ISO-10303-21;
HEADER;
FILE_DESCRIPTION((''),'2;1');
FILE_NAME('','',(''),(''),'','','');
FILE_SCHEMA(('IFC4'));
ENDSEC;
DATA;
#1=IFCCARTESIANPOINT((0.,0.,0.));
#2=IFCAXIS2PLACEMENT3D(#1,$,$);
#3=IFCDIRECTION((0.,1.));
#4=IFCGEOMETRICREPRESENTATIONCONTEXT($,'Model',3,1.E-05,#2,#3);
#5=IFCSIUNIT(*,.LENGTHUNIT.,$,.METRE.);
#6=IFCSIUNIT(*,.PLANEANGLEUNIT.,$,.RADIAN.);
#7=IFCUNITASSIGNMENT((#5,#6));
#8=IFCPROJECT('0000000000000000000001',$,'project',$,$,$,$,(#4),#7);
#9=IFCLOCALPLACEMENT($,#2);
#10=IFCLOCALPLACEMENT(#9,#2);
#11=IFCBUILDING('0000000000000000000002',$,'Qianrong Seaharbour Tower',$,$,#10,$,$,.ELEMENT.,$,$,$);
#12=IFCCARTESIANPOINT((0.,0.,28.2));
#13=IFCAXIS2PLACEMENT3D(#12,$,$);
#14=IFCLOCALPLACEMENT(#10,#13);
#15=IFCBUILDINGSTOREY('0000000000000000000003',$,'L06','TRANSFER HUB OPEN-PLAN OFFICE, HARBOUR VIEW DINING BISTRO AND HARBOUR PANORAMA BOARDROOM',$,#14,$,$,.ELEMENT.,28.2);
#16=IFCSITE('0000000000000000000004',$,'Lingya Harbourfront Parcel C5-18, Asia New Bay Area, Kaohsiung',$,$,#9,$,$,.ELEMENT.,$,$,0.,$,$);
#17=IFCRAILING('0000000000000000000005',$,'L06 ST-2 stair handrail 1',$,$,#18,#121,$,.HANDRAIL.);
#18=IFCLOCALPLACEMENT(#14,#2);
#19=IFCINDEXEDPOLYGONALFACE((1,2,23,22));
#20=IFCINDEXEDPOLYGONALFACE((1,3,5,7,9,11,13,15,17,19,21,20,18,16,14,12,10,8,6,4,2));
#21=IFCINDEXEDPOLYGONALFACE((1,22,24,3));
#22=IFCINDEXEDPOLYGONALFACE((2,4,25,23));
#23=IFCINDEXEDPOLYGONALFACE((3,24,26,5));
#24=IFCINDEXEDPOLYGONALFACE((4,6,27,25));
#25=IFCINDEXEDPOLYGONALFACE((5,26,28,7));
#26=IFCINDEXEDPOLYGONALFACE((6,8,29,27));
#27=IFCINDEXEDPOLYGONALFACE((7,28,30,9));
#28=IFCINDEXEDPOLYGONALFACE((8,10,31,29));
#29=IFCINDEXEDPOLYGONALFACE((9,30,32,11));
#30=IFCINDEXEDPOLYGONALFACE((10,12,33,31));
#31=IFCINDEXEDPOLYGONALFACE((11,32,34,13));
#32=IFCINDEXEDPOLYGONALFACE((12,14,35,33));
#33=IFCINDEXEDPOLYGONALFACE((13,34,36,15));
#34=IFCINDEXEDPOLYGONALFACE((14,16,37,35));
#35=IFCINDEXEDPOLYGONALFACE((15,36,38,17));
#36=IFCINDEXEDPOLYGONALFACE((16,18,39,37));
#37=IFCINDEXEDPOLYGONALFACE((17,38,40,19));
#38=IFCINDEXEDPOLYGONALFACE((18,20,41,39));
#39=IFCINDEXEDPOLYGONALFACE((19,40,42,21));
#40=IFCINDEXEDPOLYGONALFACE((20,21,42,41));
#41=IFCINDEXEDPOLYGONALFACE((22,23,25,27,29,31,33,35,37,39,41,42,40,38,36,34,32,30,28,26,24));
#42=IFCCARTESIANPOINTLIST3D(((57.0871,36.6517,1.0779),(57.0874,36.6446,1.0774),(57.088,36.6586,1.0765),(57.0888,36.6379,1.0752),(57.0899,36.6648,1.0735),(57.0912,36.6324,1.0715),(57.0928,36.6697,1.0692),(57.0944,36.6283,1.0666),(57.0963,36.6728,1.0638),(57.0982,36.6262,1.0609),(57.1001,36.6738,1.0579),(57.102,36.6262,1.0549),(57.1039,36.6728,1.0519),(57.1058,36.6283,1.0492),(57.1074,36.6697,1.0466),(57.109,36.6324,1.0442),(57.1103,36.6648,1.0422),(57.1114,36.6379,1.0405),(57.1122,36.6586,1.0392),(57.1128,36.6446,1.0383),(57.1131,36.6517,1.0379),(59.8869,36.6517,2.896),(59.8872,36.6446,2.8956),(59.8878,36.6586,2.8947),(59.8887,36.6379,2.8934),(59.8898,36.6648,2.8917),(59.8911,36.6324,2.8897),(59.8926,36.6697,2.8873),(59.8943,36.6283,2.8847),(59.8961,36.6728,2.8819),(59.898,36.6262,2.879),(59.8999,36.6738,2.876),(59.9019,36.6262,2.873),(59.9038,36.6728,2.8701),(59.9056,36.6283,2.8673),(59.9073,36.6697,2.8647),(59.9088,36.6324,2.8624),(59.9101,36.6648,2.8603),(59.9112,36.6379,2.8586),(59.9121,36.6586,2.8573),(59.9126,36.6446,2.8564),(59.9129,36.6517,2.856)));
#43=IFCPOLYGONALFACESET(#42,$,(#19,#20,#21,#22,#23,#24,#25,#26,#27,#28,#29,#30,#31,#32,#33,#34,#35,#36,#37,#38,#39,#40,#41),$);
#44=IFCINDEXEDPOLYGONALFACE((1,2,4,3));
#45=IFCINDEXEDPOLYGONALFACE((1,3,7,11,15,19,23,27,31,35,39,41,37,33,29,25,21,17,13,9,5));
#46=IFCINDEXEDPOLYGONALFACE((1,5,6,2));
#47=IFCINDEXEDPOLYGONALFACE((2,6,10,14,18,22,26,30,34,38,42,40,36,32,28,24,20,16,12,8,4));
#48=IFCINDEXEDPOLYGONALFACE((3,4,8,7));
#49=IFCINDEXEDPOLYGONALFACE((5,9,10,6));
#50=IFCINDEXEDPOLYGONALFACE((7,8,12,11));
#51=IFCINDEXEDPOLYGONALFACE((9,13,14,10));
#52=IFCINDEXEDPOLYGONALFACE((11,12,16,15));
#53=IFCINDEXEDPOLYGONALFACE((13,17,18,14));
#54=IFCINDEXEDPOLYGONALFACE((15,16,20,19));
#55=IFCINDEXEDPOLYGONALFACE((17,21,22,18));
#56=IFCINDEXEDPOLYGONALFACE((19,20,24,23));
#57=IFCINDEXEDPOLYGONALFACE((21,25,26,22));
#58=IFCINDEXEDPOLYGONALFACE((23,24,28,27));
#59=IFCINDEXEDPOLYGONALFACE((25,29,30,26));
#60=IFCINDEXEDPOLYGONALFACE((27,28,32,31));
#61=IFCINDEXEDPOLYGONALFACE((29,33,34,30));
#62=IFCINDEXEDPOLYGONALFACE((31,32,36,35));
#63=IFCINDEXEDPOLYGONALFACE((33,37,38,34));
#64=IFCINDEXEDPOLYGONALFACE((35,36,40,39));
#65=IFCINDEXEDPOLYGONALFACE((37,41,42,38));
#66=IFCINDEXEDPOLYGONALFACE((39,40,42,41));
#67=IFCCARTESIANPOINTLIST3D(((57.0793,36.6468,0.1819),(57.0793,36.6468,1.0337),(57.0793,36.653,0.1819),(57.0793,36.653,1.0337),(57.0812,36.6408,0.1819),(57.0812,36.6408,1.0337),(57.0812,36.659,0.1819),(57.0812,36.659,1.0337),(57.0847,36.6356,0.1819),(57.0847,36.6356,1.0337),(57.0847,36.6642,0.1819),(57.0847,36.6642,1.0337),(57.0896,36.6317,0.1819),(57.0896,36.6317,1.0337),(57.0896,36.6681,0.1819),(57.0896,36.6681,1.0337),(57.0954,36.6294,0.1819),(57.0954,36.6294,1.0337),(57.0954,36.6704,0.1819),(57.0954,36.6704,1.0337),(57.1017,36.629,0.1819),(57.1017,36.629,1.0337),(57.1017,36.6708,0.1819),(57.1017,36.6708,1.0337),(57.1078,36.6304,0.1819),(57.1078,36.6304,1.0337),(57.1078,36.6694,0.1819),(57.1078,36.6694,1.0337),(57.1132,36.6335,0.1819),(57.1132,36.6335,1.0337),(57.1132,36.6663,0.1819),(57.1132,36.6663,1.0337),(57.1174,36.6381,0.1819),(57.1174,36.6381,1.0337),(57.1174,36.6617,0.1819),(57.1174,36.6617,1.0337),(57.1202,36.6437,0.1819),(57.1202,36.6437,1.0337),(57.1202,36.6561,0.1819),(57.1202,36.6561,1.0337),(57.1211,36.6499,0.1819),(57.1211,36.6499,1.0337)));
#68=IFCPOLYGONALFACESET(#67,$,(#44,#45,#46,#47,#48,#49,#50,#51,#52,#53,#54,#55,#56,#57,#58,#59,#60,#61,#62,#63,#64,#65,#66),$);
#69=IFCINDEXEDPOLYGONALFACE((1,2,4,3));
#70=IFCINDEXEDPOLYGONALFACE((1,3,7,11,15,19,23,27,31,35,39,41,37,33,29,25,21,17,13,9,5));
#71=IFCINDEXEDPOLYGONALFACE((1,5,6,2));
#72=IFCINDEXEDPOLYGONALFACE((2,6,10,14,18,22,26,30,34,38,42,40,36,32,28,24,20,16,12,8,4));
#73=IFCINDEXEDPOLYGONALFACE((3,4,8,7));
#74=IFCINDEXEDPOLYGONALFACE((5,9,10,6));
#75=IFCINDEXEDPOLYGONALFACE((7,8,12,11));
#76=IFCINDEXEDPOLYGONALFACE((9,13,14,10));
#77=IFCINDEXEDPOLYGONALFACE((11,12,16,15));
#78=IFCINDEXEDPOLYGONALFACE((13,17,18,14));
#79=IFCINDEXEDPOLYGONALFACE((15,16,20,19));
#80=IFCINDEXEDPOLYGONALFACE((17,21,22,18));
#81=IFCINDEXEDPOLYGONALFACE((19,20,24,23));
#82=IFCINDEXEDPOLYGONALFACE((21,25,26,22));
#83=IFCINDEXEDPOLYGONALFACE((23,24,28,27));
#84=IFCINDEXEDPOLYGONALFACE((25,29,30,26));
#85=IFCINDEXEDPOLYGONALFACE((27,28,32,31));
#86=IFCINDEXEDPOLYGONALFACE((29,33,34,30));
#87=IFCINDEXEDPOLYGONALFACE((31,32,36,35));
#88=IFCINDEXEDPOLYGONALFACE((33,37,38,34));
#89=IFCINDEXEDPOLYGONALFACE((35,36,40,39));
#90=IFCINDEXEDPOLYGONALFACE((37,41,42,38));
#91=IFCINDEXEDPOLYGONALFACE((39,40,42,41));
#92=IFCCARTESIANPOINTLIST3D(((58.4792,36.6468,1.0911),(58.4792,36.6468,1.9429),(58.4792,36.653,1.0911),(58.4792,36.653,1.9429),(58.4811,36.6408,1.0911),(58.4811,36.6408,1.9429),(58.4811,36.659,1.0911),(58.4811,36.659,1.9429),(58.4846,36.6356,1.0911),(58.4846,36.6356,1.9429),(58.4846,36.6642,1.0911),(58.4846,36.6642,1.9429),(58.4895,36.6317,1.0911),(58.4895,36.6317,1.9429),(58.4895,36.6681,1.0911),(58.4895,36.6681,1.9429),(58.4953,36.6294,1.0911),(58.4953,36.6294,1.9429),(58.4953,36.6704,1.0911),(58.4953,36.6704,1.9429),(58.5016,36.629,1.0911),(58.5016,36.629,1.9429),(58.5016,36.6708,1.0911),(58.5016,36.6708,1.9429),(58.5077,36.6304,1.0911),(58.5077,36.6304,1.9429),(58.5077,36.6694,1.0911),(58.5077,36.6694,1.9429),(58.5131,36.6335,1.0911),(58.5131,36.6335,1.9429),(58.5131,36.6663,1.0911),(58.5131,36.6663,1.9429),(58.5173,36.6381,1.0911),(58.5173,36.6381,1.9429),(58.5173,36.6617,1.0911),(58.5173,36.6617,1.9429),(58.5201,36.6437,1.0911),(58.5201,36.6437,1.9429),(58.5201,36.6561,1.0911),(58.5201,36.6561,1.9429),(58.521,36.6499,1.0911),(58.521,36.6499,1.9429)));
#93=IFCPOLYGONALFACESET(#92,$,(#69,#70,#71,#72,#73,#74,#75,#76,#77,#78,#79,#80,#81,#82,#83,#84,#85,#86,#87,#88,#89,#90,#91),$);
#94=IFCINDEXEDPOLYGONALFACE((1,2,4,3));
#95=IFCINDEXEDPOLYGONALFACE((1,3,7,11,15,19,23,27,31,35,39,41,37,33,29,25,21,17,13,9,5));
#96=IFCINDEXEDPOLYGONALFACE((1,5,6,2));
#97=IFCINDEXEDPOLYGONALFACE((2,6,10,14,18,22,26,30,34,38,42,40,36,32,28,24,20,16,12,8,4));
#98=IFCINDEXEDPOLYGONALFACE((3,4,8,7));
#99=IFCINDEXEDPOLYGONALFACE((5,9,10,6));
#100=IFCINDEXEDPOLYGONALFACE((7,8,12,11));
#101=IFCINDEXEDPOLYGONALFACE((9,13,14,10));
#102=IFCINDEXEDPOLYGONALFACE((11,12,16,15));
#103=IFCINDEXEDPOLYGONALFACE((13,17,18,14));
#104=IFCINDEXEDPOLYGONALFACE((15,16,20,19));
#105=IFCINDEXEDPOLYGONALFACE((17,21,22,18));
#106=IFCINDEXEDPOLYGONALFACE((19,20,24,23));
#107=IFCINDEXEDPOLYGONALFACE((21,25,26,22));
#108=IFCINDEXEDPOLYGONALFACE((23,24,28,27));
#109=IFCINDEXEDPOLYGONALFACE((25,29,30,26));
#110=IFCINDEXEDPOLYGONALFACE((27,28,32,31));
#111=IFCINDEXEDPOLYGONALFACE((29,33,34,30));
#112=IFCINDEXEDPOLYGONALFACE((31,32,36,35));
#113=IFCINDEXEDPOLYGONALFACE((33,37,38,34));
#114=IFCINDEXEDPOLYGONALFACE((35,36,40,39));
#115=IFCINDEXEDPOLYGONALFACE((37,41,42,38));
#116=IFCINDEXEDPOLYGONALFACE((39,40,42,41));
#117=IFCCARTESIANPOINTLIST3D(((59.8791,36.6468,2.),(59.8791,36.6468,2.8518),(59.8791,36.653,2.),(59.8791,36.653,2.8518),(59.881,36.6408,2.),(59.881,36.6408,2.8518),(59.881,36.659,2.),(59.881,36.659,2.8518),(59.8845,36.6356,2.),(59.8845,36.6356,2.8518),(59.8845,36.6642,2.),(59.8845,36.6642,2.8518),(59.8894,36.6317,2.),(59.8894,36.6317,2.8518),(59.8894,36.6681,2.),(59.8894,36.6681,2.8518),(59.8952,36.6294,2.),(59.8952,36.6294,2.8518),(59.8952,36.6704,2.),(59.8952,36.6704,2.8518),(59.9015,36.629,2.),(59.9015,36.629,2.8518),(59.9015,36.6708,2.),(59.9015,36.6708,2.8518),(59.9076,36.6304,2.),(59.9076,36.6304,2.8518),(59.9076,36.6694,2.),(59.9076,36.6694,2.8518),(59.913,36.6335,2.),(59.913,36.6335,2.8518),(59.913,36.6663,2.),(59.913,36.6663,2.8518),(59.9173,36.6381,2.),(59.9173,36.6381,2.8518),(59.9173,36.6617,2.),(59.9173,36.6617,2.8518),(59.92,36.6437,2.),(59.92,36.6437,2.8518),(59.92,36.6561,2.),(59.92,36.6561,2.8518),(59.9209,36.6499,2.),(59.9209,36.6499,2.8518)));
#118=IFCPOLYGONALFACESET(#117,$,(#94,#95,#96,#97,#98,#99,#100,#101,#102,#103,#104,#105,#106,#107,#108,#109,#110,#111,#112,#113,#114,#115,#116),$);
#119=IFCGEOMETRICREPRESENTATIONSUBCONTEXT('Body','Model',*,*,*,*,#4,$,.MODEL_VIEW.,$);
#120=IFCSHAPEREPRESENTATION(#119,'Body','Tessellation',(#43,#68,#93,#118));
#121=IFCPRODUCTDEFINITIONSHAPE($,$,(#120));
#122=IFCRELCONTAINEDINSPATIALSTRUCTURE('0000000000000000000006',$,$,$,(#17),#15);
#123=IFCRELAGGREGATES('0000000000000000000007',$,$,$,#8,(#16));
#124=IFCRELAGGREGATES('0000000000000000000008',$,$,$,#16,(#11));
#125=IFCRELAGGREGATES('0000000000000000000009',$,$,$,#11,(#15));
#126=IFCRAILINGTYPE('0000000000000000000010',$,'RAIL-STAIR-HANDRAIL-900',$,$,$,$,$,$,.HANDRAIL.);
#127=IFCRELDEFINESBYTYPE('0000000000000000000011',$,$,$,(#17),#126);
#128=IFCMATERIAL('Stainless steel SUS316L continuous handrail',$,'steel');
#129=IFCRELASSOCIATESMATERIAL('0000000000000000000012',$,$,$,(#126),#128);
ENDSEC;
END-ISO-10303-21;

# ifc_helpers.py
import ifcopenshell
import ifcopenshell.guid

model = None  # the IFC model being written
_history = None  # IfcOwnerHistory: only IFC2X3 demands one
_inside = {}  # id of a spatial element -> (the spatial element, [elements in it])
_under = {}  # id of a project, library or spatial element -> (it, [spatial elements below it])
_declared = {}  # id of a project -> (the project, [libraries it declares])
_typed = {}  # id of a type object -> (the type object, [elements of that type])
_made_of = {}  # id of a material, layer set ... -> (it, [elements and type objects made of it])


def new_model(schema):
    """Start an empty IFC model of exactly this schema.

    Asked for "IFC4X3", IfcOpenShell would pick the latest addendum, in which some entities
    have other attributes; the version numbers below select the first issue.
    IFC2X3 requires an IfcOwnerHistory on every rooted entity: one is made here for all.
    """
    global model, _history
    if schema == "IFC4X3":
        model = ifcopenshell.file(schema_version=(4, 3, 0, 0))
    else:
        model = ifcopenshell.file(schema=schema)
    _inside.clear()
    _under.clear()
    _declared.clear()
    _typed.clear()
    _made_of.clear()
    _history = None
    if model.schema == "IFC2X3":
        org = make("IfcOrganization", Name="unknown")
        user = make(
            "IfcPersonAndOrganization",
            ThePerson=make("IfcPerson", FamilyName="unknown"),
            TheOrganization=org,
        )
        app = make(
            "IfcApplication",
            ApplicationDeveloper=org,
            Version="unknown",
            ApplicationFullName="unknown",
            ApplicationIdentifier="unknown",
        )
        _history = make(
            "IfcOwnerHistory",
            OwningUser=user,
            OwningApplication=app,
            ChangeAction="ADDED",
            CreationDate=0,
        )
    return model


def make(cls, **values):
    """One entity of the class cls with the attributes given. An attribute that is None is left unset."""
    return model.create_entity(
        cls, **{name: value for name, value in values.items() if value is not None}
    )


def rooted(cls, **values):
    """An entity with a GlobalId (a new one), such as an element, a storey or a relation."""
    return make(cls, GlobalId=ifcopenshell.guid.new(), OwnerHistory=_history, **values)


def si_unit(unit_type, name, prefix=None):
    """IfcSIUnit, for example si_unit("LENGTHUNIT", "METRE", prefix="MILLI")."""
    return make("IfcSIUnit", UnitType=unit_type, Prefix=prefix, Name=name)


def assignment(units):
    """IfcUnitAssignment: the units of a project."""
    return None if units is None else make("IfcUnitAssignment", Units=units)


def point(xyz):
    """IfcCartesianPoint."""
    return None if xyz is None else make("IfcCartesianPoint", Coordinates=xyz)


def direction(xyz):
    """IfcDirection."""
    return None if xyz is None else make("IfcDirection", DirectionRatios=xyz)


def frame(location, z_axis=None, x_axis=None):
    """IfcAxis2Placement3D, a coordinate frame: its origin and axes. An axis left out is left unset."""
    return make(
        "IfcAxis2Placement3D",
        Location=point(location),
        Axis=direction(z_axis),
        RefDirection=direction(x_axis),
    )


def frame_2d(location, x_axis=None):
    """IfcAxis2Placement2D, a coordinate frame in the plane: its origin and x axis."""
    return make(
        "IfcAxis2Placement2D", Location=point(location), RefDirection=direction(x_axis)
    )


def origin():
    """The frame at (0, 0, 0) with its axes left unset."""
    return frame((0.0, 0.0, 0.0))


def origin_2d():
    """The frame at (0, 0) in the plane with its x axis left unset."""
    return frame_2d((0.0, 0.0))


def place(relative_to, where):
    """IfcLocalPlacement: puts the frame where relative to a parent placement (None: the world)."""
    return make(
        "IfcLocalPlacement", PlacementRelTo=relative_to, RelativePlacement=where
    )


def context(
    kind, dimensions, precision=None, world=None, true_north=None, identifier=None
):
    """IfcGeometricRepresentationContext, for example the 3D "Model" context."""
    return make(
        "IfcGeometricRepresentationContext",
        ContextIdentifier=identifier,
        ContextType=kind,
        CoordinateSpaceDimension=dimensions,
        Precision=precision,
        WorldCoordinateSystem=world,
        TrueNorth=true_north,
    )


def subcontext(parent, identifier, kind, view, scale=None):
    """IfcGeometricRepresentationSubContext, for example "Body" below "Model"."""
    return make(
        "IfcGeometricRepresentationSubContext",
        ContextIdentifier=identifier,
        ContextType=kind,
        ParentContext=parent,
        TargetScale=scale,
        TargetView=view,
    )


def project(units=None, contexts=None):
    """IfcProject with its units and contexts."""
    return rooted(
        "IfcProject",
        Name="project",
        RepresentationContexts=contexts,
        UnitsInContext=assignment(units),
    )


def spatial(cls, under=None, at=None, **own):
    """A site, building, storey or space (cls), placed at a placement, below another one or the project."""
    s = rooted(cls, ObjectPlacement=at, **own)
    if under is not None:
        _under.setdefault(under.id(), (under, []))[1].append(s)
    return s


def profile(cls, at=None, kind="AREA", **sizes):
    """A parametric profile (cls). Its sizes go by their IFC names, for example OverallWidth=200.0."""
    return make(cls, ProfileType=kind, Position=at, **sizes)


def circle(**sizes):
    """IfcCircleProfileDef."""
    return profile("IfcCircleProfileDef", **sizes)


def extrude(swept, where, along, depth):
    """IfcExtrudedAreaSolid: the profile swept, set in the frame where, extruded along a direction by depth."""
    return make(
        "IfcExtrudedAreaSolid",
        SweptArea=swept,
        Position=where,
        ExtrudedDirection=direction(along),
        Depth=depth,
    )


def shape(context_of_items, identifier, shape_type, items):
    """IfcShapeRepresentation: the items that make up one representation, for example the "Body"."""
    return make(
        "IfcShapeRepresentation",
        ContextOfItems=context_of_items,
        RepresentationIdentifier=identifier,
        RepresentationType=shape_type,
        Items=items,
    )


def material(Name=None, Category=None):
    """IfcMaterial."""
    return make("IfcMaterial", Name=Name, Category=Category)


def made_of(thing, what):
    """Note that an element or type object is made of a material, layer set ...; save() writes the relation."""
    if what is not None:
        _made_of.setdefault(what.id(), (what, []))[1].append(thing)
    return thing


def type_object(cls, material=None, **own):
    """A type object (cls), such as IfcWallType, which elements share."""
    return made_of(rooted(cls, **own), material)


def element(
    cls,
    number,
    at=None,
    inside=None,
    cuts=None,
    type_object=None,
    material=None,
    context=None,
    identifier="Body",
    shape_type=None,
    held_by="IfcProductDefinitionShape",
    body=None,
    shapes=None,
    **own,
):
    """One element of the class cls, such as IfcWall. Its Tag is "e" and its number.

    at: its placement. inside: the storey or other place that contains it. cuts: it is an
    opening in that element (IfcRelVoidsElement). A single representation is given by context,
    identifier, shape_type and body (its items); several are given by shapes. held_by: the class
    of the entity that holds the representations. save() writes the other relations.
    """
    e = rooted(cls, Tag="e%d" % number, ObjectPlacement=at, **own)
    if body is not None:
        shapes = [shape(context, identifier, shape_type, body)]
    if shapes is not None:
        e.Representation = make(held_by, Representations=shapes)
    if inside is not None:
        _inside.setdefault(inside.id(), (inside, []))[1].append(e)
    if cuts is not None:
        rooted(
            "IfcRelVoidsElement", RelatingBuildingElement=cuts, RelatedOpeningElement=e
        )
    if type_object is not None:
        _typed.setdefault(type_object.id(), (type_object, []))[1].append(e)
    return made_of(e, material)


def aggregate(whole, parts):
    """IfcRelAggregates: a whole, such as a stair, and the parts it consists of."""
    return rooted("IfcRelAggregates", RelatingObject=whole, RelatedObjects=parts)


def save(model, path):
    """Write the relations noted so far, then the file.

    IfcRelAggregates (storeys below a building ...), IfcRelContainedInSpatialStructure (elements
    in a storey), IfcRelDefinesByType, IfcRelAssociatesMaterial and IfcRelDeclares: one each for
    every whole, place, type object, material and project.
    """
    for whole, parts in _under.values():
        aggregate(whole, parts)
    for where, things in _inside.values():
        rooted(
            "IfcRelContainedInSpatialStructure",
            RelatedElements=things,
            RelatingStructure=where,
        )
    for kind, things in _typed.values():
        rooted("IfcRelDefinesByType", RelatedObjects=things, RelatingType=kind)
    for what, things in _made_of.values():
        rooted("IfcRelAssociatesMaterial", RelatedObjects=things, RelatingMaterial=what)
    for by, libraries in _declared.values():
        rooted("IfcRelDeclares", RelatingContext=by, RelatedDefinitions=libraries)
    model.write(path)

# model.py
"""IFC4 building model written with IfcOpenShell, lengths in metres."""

from ifc_helpers import new_model, si_unit, direction, frame, origin, origin_2d, place, context, subcontext, project, spatial, circle, extrude, material, type_object, element, save


model = new_model("IFC4")

# Units and contexts
model_context = context("Model", 3, precision=1e-05, world=origin(), true_north=direction((0.0, 1.0)))
body_context = subcontext(model_context, "Body", "Model", "MODEL_VIEW")
ifc_project = project(units=[si_unit("LENGTHUNIT", "METRE"), si_unit("PLANEANGLEUNIT", "RADIAN")], contexts=[model_context])

# Site, building, storey
site_placement = place(None, origin())
site = spatial("IfcSite", under=ifc_project, at=site_placement, Name="Lingya Harbourfront Parcel C5-18, Asia New Bay Area, Kaohsiung", CompositionType="ELEMENT", RefElevation=0.0)
building_placement = place(site_placement, origin())
building = spatial("IfcBuilding", under=site, at=building_placement, Name="Qianrong Seaharbour Tower", CompositionType="ELEMENT")
storey_placement = place(building_placement, frame((0.0, 0.0, 28.2)))
storey = spatial("IfcBuildingStorey", under=building, at=storey_placement, Name="L06", Description="TRANSFER HUB OPEN-PLAN OFFICE, HARBOUR VIEW DINING BISTRO AND HARBOUR PANORAMA BOARDROOM", CompositionType="ELEMENT", Elevation=28.2)

# Railing
ifc_material_1 = material(Name="Stainless steel SUS316L continuous handrail", Category="steel")
railing_type_1 = type_object("IfcRailingType", Name="RAIL-STAIR-HANDRAIL-900", PredefinedType="HANDRAIL", material=ifc_material_1)
railing_1_placement = place(storey_placement, frame((57.1001, 36.6499, 0.1819)))
element("IfcRailing", 1, at=railing_1_placement, inside=storey, type_object=railing_type_1, Name="L06 ST-2 stair handrail 1", PredefinedType="HANDRAIL", context=body_context, shape_type="SweptSolid", body=[
    extrude(circle(Radius=0.0239, at=origin_2d()), frame((0.0, 0.0, 0.876), z_axis=(0.838684, 0.0, 0.544618), x_axis=(0.0, 1.0, 0.0)), (0.0, 0.0, 1.0), 3.3384),
    extrude(circle(Radius=0.021, at=origin_2d()), origin(), (0.0, 0.0, 1.0), 0.8518),
    extrude(circle(Radius=0.021, at=origin_2d()), frame((1.3999, 0.0, 0.9092)), (0.0, 0.0, 1.0), 0.8518),
    extrude(circle(Radius=0.021, at=origin_2d()), frame((2.7998, 0.0, 1.8181)), (0.0, 0.0, 1.0), 0.8518),
])

save(model, "model.ifc")
